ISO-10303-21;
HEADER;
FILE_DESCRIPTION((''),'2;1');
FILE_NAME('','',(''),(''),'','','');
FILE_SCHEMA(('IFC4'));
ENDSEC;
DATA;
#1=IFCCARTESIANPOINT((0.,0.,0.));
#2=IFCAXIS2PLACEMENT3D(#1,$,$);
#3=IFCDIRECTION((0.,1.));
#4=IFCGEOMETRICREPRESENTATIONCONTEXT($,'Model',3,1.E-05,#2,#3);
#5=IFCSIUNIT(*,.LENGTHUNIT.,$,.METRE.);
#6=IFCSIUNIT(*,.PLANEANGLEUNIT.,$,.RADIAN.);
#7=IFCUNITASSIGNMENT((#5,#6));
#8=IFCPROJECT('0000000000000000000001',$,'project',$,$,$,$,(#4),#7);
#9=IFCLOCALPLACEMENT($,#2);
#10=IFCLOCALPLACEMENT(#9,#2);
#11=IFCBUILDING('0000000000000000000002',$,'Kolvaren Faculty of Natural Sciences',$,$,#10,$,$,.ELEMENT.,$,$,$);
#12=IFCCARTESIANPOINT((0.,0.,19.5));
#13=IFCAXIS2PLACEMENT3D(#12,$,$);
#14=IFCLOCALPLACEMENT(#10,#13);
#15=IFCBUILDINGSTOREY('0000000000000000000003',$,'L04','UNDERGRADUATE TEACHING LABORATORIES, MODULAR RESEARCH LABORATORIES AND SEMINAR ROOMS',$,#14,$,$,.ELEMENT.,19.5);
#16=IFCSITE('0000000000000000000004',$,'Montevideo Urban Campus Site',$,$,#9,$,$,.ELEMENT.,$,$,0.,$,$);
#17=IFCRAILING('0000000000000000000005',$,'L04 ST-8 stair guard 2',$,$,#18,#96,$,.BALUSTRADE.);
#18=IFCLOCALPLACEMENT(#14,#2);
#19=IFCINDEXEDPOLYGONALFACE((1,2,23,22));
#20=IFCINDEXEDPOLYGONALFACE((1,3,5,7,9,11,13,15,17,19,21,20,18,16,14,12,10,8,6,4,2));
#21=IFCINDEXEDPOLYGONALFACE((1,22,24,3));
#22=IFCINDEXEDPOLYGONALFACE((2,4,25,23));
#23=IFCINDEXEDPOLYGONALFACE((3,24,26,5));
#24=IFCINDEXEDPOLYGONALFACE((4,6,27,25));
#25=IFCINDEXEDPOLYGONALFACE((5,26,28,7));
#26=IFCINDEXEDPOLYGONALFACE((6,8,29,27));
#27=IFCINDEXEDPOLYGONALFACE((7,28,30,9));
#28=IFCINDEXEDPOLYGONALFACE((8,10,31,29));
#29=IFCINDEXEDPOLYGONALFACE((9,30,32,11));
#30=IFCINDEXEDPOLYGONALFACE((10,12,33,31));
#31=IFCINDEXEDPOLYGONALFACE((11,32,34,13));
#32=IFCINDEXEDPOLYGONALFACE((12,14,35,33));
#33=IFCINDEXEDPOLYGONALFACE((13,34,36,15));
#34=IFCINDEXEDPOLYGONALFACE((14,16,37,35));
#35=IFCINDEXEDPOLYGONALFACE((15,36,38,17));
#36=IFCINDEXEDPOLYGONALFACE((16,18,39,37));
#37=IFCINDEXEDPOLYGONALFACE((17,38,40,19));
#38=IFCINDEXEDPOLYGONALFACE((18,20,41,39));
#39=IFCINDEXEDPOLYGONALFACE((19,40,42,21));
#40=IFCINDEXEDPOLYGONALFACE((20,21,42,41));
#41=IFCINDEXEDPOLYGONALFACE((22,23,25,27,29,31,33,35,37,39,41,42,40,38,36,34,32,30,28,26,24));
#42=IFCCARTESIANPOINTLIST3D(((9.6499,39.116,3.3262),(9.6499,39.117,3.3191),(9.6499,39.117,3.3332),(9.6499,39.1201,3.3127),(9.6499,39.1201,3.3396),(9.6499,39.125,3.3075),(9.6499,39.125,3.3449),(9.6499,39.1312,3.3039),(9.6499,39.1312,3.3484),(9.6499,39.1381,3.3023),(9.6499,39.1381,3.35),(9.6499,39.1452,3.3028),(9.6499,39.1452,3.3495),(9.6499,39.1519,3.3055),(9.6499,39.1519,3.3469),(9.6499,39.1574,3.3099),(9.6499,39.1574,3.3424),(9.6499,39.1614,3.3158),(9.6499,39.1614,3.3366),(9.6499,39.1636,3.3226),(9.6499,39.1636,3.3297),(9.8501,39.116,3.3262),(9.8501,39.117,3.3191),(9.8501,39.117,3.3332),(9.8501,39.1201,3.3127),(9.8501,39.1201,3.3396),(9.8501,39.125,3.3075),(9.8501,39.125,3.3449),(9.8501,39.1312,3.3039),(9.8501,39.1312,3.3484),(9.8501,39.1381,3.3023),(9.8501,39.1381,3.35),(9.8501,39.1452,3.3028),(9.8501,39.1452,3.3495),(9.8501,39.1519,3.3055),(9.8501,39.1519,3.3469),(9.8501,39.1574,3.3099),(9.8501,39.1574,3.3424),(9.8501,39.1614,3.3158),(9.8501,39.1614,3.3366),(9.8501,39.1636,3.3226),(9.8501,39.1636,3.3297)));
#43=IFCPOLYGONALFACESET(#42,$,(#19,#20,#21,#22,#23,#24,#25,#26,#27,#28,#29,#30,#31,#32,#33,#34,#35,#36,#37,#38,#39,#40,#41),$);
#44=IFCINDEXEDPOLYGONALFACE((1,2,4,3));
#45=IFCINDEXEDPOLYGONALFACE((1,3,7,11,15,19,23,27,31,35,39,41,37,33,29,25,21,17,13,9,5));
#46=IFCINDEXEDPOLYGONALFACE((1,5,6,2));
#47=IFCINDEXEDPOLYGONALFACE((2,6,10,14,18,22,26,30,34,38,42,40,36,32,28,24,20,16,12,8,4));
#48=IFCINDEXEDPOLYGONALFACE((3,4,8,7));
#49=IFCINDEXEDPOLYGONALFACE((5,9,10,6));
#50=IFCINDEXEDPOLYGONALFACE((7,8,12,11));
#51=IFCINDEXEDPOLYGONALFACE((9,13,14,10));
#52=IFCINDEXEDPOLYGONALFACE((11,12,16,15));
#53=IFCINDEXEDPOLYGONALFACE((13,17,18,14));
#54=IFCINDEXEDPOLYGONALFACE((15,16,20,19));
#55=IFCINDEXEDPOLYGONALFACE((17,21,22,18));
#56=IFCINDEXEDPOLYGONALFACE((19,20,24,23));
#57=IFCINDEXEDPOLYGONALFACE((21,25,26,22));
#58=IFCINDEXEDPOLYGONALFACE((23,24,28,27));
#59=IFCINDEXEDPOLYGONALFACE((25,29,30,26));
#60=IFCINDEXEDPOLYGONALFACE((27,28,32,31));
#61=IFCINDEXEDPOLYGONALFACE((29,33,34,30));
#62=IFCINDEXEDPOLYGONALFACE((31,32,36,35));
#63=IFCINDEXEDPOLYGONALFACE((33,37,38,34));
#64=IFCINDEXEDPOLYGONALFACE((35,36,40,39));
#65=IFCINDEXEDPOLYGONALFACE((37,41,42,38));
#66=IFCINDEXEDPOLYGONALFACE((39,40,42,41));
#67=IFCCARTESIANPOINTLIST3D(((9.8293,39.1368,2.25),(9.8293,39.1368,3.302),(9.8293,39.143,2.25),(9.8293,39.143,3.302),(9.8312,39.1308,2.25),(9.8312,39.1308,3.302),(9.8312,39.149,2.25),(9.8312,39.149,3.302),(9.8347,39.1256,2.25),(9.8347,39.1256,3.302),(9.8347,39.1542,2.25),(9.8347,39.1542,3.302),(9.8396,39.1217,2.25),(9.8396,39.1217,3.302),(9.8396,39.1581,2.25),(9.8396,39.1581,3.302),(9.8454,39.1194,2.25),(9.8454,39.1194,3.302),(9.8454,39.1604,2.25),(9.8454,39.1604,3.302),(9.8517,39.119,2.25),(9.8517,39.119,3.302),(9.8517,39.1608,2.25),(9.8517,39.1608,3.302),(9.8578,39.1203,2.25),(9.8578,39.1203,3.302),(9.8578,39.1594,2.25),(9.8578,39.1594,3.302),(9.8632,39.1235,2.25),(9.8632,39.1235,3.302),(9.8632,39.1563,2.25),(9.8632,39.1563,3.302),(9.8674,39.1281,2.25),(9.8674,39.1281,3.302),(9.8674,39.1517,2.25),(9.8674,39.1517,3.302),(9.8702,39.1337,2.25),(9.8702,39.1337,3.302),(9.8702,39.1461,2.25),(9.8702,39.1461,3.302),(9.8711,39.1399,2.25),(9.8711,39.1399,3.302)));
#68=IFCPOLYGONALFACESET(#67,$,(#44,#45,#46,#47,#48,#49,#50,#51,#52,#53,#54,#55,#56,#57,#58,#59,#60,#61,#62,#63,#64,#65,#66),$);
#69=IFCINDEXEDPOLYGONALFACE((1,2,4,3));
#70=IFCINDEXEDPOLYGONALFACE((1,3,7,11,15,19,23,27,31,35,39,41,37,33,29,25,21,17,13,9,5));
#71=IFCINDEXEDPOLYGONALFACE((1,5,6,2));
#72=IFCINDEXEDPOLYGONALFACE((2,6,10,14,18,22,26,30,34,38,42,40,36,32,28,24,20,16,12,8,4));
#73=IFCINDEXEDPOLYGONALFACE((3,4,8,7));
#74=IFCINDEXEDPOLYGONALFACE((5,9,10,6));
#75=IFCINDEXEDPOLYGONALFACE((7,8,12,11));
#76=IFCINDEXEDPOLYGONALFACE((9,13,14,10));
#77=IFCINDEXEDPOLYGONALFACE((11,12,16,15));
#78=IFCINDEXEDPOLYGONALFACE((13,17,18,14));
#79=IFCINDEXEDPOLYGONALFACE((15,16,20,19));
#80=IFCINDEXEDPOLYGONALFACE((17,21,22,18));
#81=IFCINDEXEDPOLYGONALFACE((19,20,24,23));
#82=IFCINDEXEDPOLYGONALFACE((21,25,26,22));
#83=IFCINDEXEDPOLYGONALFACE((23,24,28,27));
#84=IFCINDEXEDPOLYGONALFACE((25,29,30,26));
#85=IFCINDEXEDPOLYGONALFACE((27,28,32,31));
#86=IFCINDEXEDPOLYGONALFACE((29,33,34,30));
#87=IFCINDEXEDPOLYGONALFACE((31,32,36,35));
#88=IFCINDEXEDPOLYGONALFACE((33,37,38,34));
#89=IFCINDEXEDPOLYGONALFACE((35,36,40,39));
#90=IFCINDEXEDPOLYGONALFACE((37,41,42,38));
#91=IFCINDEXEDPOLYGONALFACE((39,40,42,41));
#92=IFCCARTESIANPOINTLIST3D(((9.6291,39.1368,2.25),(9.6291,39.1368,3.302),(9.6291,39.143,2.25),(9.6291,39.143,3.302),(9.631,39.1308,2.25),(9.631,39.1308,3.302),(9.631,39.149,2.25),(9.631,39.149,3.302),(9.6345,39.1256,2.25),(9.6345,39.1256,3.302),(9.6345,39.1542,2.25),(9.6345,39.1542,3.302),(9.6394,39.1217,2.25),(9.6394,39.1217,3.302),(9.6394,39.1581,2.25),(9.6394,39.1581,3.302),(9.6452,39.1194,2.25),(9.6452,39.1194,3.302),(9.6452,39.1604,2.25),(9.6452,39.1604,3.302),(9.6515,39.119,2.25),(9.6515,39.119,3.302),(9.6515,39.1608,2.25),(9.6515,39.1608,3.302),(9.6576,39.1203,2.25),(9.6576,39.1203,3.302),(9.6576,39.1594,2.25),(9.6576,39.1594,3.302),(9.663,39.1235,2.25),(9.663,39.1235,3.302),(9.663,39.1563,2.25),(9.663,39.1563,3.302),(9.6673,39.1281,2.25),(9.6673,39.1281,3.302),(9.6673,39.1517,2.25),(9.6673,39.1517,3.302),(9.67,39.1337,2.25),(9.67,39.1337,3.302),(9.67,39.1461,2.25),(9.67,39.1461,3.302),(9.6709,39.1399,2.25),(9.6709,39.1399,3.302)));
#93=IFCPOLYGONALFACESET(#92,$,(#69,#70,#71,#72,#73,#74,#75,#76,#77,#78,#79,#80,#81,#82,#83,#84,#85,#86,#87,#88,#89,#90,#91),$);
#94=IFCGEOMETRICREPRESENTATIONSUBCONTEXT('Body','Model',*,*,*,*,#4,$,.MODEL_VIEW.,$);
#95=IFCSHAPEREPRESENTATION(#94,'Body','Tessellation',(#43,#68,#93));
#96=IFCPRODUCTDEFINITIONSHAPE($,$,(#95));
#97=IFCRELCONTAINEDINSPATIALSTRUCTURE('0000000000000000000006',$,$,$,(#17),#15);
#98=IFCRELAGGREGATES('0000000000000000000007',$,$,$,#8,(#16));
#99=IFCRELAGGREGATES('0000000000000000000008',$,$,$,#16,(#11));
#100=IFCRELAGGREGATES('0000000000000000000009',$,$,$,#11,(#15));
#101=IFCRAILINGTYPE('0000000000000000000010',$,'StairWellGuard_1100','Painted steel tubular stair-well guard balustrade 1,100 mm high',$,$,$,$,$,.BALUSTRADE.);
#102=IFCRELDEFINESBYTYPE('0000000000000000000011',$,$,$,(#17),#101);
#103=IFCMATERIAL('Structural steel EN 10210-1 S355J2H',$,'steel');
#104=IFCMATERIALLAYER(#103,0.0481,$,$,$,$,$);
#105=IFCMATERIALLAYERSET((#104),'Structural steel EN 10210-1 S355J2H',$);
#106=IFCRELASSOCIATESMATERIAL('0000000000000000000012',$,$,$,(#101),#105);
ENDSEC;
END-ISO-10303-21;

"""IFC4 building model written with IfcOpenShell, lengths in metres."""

from ifc_helpers import new_model, si_unit, direction, frame, origin, origin_2d, place, context, subcontext, project, spatial, circle, extrude, material, layer, layer_set, type_object, element, save


model = new_model("IFC4")

# Units and contexts
model_context = context("Model", 3, precision=1e-05, world=origin(), true_north=direction((0.0, 1.0)))
body_context = subcontext(model_context, "Body", "Model", "MODEL_VIEW")
ifc_project = project(units=[si_unit("LENGTHUNIT", "METRE"), si_unit("PLANEANGLEUNIT", "RADIAN")], contexts=[model_context])

# Site, building, storey
site_placement = place(None, origin())
site = spatial("IfcSite", under=ifc_project, at=site_placement, Name="Montevideo Urban Campus Site", CompositionType="ELEMENT", RefElevation=0.0)
building_placement = place(site_placement, origin())
building = spatial("IfcBuilding", under=site, at=building_placement, Name="Kolvaren Faculty of Natural Sciences", CompositionType="ELEMENT")
storey_placement = place(building_placement, frame((0.0, 0.0, 19.5)))
storey = spatial("IfcBuildingStorey", under=building, at=storey_placement, Name="L04", Description="UNDERGRADUATE TEACHING LABORATORIES, MODULAR RESEARCH LABORATORIES AND SEMINAR ROOMS", CompositionType="ELEMENT", Elevation=19.5)

# Railing
ifc_material_1 = material(Name="Structural steel EN 10210-1 S355J2H", Category="steel")
ifc_layer_1 = layer(ifc_material_1, 0.0481)
ifc_layer_set_1 = layer_set([ifc_layer_1], Name="Structural steel EN 10210-1 S355J2H")
railing_type_1 = type_object("IfcRailingType", Name="StairWellGuard_1100", Description="Painted steel tubular stair-well guard balustrade 1,100 mm high", PredefinedType="BALUSTRADE", material=ifc_layer_set_1)
railing_1_placement = place(storey_placement, frame((9.8501, 39.1399, 2.25)))
element("IfcRailing", 1, at=railing_1_placement, inside=storey, type_object=railing_type_1, Name="L04 ST-8 stair guard 2", PredefinedType="BALUSTRADE", context=body_context, shape_type="SweptSolid", body=[
    extrude(circle(Radius=0.0239, at=origin_2d()), frame((0.0, 0.0, 1.0762), z_axis=(-1.0, 0.0, 0.0), x_axis=(0.0, -1.0, 0.0)), (0.0, 0.0, 1.0), 0.2002),
    extrude(circle(Radius=0.021, at=origin_2d()), origin(), (0.0, 0.0, 1.0), 1.052),
    extrude(circle(Radius=0.021, at=origin_2d()), frame((-0.2002, 0.0, 0.0)), (0.0, 0.0, 1.0), 1.052),
])

save(model, "model.ifc")
